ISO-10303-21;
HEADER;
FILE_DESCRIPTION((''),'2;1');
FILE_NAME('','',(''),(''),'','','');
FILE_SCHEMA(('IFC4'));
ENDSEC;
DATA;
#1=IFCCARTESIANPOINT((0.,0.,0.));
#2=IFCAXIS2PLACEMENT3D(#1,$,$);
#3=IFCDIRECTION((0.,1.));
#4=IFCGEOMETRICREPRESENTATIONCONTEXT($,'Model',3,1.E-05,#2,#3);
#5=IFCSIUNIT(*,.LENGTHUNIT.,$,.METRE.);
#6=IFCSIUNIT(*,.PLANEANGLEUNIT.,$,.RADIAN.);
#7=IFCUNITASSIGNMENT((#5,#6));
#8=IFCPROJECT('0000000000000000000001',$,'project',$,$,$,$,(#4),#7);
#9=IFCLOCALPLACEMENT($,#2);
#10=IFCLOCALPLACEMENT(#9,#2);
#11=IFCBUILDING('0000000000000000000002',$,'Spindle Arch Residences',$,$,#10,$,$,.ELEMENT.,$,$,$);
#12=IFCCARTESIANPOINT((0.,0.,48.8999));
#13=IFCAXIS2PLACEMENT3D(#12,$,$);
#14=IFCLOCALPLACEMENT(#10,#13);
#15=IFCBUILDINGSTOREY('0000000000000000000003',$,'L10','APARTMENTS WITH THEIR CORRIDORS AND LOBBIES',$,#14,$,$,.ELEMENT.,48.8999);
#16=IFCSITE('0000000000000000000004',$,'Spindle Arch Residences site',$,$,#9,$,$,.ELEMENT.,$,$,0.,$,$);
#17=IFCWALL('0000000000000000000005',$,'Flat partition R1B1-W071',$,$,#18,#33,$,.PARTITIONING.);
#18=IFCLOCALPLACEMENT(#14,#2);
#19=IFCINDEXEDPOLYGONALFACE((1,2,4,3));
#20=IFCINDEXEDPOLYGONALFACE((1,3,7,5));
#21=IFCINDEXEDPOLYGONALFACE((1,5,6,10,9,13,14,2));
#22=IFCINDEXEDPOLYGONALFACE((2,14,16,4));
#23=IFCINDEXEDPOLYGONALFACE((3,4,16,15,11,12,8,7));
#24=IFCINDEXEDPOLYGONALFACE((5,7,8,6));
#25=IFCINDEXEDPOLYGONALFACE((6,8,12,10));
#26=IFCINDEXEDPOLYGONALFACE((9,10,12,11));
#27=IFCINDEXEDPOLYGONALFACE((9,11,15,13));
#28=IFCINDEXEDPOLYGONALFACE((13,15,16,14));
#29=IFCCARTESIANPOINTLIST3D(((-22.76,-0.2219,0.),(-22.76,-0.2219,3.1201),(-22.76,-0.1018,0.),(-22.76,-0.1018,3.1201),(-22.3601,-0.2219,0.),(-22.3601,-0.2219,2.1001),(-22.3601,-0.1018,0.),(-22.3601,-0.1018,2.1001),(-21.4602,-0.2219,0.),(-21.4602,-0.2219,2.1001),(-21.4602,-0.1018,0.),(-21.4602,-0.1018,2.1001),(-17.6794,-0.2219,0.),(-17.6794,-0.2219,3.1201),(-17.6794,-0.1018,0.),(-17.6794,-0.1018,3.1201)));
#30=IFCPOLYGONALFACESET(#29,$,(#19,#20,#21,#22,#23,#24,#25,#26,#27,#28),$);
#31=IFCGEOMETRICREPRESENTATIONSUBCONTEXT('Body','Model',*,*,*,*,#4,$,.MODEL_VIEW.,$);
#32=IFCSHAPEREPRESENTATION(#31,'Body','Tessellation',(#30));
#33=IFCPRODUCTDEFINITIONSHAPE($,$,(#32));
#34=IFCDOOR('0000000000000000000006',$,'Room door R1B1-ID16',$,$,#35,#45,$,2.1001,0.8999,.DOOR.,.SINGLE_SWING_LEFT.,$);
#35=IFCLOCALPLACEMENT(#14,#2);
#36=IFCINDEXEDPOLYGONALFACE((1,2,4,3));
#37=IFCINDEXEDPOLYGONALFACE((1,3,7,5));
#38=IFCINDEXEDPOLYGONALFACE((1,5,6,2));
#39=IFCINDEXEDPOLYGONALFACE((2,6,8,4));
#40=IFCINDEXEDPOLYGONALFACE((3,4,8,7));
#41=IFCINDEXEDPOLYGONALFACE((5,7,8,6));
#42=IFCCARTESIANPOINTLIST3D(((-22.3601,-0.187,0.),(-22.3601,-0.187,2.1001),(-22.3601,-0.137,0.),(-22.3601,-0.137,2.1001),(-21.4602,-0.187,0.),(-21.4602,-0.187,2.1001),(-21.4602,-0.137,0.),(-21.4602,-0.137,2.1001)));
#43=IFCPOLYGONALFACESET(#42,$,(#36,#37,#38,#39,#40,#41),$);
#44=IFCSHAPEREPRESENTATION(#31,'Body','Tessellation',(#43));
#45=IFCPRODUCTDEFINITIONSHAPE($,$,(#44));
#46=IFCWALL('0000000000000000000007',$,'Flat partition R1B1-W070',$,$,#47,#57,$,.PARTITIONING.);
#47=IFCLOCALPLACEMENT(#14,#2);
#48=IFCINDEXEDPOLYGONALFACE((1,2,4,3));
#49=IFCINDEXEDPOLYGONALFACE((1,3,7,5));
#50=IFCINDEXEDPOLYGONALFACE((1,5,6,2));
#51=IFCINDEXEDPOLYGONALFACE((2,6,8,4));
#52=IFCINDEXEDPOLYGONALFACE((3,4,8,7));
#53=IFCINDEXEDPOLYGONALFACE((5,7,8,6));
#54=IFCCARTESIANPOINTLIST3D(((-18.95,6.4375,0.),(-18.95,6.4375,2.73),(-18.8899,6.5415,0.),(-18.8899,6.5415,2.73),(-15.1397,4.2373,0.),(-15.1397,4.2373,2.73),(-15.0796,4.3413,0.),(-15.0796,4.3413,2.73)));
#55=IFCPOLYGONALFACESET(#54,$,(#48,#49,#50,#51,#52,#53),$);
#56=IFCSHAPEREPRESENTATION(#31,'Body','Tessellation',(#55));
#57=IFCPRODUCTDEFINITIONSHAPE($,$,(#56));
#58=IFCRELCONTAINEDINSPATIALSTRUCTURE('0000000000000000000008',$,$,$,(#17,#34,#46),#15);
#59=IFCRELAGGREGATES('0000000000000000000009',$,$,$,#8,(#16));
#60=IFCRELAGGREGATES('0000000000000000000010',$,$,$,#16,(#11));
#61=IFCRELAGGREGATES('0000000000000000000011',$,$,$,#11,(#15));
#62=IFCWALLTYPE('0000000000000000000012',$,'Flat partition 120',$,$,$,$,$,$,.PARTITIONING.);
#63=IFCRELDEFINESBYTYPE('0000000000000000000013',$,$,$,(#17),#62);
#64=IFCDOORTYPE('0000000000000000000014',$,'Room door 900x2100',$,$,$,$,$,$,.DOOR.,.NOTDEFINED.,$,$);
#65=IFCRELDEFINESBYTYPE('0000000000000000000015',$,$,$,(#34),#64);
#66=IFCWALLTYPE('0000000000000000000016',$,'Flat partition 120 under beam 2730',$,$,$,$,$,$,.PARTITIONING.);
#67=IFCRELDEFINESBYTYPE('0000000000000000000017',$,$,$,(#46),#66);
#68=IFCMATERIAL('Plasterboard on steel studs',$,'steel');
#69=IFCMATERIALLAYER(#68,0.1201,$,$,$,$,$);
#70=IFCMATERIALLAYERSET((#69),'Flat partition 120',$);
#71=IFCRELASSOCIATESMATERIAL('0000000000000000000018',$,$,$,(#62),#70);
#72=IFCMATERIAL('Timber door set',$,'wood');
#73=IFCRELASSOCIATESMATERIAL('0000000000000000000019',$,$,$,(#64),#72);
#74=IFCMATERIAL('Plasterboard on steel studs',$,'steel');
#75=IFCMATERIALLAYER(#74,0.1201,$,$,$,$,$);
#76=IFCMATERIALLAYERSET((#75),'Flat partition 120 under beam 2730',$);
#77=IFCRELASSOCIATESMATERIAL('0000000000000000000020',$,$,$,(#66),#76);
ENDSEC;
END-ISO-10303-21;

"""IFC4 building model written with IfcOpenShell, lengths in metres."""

from ifc_helpers import new_model, si_unit, direction, frame, frame_2d, origin, place, context, subcontext, project, spatial, rectangle, extrude, material, layer, layer_set, type_object, element, fill, save


model = new_model("IFC4")

# Units and contexts
model_context = context("Model", 3, precision=1e-05, world=origin(), true_north=direction((0.0, 1.0)))
body_context = subcontext(model_context, "Body", "Model", "MODEL_VIEW")
ifc_project = project(units=[si_unit("LENGTHUNIT", "METRE"), si_unit("PLANEANGLEUNIT", "RADIAN")], contexts=[model_context])

# Site, building, storey
site_placement = place(None, origin())
site = spatial("IfcSite", under=ifc_project, at=site_placement, Name="Spindle Arch Residences site", CompositionType="ELEMENT", RefElevation=0.0)
building_placement = place(site_placement, origin())
building = spatial("IfcBuilding", under=site, at=building_placement, Name="Spindle Arch Residences", CompositionType="ELEMENT")
storey_placement = place(building_placement, frame((0.0, 0.0, 48.8999)))
storey = spatial("IfcBuildingStorey", under=building, at=storey_placement, Name="L10", Description="APARTMENTS WITH THEIR CORRIDORS AND LOBBIES", CompositionType="ELEMENT", Elevation=48.8999)

# Wall, opening, door
ifc_material_1 = material(Name="Plasterboard on steel studs", Category="steel")
ifc_layer_1 = layer(ifc_material_1, 0.1201)
ifc_layer_set_1 = layer_set([ifc_layer_1], Name="Flat partition 120")
wall_type_1 = type_object("IfcWallType", Name="Flat partition 120", PredefinedType="PARTITIONING", material=ifc_layer_set_1)
wall_1_placement = place(storey_placement, frame((-22.76, -0.1619, 0.0), z_axis=(0.0, 0.0, 1.0), x_axis=(1.0, 0.0, 0.0)))
wall_1 = element("IfcWall", 1, at=wall_1_placement, inside=storey, type_object=wall_type_1, Name="Flat partition R1B1-W071", PredefinedType="PARTITIONING", context=body_context, shape_type="SweptSolid", body=[
    extrude(rectangle(XDim=5.0806, YDim=0.1201, at=frame_2d((2.5403, 0.0))), origin(), (0.0, 0.0, 1.0), 3.1201),
])
opening_placement = place(wall_1_placement, frame((0.3999, 0.0, 0.0)))
opening = element("IfcOpeningElement", 2, at=opening_placement, cuts=wall_1, PredefinedType="OPENING", context=body_context, shape_type="SweptSolid", body=[
    extrude(rectangle(XDim=0.8999, YDim=2.1001, at=frame_2d((0.45, 1.05))), frame((0.0, 0.0701, 0.0), z_axis=(0.0, -1.0, 0.0), x_axis=(1.0, 0.0, 0.0)), (0.0, 0.0, 1.0), 0.1401),
])
ifc_material_2 = material(Name="Timber door set", Category="wood")
door_type = type_object("IfcDoorType", Name="Room door 900x2100", OperationType="NOTDEFINED", PredefinedType="DOOR", material=ifc_material_2)
door_placement = place(opening_placement, origin())
door = element("IfcDoor", 3, at=door_placement, inside=storey, type_object=door_type, Name="Room door R1B1-ID16", OperationType="SINGLE_SWING_LEFT", OverallHeight=2.1001, OverallWidth=0.8999, PredefinedType="DOOR", context=body_context, shape_type="SweptSolid", body=[
    extrude(rectangle(XDim=0.8999, YDim=2.1001, at=frame_2d((0.45, 1.05))), frame((0.0, 0.0249, 0.0), z_axis=(0.0, -1.0, 0.0), x_axis=(1.0, 0.0, 0.0)), (0.0, 0.0, 1.0), 0.05),
])
fill(opening, door)

# Wall
ifc_material_3 = material(Name="Plasterboard on steel studs", Category="steel")
ifc_layer_2 = layer(ifc_material_3, 0.1201)
ifc_layer_set_2 = layer_set([ifc_layer_2], Name="Flat partition 120 under beam 2730")
wall_type_2 = type_object("IfcWallType", Name="Flat partition 120 under beam 2730", PredefinedType="PARTITIONING", material=ifc_layer_set_2)
wall_2_placement = place(storey_placement, frame((-18.9199, 6.4895, 0.0), z_axis=(0.0, 0.0, 1.0), x_axis=(0.865994, -0.500054, 0.0)))
element("IfcWall", 4, at=wall_2_placement, inside=storey, type_object=wall_type_2, Name="Flat partition R1B1-W070", PredefinedType="PARTITIONING", context=body_context, shape_type="SweptSolid", body=[
    extrude(rectangle(XDim=4.3999, YDim=0.1201, at=frame_2d((2.2, 0.0))), origin(), (0.0, 0.0, 1.0), 2.73),
])

save(model, "model.ifc")
